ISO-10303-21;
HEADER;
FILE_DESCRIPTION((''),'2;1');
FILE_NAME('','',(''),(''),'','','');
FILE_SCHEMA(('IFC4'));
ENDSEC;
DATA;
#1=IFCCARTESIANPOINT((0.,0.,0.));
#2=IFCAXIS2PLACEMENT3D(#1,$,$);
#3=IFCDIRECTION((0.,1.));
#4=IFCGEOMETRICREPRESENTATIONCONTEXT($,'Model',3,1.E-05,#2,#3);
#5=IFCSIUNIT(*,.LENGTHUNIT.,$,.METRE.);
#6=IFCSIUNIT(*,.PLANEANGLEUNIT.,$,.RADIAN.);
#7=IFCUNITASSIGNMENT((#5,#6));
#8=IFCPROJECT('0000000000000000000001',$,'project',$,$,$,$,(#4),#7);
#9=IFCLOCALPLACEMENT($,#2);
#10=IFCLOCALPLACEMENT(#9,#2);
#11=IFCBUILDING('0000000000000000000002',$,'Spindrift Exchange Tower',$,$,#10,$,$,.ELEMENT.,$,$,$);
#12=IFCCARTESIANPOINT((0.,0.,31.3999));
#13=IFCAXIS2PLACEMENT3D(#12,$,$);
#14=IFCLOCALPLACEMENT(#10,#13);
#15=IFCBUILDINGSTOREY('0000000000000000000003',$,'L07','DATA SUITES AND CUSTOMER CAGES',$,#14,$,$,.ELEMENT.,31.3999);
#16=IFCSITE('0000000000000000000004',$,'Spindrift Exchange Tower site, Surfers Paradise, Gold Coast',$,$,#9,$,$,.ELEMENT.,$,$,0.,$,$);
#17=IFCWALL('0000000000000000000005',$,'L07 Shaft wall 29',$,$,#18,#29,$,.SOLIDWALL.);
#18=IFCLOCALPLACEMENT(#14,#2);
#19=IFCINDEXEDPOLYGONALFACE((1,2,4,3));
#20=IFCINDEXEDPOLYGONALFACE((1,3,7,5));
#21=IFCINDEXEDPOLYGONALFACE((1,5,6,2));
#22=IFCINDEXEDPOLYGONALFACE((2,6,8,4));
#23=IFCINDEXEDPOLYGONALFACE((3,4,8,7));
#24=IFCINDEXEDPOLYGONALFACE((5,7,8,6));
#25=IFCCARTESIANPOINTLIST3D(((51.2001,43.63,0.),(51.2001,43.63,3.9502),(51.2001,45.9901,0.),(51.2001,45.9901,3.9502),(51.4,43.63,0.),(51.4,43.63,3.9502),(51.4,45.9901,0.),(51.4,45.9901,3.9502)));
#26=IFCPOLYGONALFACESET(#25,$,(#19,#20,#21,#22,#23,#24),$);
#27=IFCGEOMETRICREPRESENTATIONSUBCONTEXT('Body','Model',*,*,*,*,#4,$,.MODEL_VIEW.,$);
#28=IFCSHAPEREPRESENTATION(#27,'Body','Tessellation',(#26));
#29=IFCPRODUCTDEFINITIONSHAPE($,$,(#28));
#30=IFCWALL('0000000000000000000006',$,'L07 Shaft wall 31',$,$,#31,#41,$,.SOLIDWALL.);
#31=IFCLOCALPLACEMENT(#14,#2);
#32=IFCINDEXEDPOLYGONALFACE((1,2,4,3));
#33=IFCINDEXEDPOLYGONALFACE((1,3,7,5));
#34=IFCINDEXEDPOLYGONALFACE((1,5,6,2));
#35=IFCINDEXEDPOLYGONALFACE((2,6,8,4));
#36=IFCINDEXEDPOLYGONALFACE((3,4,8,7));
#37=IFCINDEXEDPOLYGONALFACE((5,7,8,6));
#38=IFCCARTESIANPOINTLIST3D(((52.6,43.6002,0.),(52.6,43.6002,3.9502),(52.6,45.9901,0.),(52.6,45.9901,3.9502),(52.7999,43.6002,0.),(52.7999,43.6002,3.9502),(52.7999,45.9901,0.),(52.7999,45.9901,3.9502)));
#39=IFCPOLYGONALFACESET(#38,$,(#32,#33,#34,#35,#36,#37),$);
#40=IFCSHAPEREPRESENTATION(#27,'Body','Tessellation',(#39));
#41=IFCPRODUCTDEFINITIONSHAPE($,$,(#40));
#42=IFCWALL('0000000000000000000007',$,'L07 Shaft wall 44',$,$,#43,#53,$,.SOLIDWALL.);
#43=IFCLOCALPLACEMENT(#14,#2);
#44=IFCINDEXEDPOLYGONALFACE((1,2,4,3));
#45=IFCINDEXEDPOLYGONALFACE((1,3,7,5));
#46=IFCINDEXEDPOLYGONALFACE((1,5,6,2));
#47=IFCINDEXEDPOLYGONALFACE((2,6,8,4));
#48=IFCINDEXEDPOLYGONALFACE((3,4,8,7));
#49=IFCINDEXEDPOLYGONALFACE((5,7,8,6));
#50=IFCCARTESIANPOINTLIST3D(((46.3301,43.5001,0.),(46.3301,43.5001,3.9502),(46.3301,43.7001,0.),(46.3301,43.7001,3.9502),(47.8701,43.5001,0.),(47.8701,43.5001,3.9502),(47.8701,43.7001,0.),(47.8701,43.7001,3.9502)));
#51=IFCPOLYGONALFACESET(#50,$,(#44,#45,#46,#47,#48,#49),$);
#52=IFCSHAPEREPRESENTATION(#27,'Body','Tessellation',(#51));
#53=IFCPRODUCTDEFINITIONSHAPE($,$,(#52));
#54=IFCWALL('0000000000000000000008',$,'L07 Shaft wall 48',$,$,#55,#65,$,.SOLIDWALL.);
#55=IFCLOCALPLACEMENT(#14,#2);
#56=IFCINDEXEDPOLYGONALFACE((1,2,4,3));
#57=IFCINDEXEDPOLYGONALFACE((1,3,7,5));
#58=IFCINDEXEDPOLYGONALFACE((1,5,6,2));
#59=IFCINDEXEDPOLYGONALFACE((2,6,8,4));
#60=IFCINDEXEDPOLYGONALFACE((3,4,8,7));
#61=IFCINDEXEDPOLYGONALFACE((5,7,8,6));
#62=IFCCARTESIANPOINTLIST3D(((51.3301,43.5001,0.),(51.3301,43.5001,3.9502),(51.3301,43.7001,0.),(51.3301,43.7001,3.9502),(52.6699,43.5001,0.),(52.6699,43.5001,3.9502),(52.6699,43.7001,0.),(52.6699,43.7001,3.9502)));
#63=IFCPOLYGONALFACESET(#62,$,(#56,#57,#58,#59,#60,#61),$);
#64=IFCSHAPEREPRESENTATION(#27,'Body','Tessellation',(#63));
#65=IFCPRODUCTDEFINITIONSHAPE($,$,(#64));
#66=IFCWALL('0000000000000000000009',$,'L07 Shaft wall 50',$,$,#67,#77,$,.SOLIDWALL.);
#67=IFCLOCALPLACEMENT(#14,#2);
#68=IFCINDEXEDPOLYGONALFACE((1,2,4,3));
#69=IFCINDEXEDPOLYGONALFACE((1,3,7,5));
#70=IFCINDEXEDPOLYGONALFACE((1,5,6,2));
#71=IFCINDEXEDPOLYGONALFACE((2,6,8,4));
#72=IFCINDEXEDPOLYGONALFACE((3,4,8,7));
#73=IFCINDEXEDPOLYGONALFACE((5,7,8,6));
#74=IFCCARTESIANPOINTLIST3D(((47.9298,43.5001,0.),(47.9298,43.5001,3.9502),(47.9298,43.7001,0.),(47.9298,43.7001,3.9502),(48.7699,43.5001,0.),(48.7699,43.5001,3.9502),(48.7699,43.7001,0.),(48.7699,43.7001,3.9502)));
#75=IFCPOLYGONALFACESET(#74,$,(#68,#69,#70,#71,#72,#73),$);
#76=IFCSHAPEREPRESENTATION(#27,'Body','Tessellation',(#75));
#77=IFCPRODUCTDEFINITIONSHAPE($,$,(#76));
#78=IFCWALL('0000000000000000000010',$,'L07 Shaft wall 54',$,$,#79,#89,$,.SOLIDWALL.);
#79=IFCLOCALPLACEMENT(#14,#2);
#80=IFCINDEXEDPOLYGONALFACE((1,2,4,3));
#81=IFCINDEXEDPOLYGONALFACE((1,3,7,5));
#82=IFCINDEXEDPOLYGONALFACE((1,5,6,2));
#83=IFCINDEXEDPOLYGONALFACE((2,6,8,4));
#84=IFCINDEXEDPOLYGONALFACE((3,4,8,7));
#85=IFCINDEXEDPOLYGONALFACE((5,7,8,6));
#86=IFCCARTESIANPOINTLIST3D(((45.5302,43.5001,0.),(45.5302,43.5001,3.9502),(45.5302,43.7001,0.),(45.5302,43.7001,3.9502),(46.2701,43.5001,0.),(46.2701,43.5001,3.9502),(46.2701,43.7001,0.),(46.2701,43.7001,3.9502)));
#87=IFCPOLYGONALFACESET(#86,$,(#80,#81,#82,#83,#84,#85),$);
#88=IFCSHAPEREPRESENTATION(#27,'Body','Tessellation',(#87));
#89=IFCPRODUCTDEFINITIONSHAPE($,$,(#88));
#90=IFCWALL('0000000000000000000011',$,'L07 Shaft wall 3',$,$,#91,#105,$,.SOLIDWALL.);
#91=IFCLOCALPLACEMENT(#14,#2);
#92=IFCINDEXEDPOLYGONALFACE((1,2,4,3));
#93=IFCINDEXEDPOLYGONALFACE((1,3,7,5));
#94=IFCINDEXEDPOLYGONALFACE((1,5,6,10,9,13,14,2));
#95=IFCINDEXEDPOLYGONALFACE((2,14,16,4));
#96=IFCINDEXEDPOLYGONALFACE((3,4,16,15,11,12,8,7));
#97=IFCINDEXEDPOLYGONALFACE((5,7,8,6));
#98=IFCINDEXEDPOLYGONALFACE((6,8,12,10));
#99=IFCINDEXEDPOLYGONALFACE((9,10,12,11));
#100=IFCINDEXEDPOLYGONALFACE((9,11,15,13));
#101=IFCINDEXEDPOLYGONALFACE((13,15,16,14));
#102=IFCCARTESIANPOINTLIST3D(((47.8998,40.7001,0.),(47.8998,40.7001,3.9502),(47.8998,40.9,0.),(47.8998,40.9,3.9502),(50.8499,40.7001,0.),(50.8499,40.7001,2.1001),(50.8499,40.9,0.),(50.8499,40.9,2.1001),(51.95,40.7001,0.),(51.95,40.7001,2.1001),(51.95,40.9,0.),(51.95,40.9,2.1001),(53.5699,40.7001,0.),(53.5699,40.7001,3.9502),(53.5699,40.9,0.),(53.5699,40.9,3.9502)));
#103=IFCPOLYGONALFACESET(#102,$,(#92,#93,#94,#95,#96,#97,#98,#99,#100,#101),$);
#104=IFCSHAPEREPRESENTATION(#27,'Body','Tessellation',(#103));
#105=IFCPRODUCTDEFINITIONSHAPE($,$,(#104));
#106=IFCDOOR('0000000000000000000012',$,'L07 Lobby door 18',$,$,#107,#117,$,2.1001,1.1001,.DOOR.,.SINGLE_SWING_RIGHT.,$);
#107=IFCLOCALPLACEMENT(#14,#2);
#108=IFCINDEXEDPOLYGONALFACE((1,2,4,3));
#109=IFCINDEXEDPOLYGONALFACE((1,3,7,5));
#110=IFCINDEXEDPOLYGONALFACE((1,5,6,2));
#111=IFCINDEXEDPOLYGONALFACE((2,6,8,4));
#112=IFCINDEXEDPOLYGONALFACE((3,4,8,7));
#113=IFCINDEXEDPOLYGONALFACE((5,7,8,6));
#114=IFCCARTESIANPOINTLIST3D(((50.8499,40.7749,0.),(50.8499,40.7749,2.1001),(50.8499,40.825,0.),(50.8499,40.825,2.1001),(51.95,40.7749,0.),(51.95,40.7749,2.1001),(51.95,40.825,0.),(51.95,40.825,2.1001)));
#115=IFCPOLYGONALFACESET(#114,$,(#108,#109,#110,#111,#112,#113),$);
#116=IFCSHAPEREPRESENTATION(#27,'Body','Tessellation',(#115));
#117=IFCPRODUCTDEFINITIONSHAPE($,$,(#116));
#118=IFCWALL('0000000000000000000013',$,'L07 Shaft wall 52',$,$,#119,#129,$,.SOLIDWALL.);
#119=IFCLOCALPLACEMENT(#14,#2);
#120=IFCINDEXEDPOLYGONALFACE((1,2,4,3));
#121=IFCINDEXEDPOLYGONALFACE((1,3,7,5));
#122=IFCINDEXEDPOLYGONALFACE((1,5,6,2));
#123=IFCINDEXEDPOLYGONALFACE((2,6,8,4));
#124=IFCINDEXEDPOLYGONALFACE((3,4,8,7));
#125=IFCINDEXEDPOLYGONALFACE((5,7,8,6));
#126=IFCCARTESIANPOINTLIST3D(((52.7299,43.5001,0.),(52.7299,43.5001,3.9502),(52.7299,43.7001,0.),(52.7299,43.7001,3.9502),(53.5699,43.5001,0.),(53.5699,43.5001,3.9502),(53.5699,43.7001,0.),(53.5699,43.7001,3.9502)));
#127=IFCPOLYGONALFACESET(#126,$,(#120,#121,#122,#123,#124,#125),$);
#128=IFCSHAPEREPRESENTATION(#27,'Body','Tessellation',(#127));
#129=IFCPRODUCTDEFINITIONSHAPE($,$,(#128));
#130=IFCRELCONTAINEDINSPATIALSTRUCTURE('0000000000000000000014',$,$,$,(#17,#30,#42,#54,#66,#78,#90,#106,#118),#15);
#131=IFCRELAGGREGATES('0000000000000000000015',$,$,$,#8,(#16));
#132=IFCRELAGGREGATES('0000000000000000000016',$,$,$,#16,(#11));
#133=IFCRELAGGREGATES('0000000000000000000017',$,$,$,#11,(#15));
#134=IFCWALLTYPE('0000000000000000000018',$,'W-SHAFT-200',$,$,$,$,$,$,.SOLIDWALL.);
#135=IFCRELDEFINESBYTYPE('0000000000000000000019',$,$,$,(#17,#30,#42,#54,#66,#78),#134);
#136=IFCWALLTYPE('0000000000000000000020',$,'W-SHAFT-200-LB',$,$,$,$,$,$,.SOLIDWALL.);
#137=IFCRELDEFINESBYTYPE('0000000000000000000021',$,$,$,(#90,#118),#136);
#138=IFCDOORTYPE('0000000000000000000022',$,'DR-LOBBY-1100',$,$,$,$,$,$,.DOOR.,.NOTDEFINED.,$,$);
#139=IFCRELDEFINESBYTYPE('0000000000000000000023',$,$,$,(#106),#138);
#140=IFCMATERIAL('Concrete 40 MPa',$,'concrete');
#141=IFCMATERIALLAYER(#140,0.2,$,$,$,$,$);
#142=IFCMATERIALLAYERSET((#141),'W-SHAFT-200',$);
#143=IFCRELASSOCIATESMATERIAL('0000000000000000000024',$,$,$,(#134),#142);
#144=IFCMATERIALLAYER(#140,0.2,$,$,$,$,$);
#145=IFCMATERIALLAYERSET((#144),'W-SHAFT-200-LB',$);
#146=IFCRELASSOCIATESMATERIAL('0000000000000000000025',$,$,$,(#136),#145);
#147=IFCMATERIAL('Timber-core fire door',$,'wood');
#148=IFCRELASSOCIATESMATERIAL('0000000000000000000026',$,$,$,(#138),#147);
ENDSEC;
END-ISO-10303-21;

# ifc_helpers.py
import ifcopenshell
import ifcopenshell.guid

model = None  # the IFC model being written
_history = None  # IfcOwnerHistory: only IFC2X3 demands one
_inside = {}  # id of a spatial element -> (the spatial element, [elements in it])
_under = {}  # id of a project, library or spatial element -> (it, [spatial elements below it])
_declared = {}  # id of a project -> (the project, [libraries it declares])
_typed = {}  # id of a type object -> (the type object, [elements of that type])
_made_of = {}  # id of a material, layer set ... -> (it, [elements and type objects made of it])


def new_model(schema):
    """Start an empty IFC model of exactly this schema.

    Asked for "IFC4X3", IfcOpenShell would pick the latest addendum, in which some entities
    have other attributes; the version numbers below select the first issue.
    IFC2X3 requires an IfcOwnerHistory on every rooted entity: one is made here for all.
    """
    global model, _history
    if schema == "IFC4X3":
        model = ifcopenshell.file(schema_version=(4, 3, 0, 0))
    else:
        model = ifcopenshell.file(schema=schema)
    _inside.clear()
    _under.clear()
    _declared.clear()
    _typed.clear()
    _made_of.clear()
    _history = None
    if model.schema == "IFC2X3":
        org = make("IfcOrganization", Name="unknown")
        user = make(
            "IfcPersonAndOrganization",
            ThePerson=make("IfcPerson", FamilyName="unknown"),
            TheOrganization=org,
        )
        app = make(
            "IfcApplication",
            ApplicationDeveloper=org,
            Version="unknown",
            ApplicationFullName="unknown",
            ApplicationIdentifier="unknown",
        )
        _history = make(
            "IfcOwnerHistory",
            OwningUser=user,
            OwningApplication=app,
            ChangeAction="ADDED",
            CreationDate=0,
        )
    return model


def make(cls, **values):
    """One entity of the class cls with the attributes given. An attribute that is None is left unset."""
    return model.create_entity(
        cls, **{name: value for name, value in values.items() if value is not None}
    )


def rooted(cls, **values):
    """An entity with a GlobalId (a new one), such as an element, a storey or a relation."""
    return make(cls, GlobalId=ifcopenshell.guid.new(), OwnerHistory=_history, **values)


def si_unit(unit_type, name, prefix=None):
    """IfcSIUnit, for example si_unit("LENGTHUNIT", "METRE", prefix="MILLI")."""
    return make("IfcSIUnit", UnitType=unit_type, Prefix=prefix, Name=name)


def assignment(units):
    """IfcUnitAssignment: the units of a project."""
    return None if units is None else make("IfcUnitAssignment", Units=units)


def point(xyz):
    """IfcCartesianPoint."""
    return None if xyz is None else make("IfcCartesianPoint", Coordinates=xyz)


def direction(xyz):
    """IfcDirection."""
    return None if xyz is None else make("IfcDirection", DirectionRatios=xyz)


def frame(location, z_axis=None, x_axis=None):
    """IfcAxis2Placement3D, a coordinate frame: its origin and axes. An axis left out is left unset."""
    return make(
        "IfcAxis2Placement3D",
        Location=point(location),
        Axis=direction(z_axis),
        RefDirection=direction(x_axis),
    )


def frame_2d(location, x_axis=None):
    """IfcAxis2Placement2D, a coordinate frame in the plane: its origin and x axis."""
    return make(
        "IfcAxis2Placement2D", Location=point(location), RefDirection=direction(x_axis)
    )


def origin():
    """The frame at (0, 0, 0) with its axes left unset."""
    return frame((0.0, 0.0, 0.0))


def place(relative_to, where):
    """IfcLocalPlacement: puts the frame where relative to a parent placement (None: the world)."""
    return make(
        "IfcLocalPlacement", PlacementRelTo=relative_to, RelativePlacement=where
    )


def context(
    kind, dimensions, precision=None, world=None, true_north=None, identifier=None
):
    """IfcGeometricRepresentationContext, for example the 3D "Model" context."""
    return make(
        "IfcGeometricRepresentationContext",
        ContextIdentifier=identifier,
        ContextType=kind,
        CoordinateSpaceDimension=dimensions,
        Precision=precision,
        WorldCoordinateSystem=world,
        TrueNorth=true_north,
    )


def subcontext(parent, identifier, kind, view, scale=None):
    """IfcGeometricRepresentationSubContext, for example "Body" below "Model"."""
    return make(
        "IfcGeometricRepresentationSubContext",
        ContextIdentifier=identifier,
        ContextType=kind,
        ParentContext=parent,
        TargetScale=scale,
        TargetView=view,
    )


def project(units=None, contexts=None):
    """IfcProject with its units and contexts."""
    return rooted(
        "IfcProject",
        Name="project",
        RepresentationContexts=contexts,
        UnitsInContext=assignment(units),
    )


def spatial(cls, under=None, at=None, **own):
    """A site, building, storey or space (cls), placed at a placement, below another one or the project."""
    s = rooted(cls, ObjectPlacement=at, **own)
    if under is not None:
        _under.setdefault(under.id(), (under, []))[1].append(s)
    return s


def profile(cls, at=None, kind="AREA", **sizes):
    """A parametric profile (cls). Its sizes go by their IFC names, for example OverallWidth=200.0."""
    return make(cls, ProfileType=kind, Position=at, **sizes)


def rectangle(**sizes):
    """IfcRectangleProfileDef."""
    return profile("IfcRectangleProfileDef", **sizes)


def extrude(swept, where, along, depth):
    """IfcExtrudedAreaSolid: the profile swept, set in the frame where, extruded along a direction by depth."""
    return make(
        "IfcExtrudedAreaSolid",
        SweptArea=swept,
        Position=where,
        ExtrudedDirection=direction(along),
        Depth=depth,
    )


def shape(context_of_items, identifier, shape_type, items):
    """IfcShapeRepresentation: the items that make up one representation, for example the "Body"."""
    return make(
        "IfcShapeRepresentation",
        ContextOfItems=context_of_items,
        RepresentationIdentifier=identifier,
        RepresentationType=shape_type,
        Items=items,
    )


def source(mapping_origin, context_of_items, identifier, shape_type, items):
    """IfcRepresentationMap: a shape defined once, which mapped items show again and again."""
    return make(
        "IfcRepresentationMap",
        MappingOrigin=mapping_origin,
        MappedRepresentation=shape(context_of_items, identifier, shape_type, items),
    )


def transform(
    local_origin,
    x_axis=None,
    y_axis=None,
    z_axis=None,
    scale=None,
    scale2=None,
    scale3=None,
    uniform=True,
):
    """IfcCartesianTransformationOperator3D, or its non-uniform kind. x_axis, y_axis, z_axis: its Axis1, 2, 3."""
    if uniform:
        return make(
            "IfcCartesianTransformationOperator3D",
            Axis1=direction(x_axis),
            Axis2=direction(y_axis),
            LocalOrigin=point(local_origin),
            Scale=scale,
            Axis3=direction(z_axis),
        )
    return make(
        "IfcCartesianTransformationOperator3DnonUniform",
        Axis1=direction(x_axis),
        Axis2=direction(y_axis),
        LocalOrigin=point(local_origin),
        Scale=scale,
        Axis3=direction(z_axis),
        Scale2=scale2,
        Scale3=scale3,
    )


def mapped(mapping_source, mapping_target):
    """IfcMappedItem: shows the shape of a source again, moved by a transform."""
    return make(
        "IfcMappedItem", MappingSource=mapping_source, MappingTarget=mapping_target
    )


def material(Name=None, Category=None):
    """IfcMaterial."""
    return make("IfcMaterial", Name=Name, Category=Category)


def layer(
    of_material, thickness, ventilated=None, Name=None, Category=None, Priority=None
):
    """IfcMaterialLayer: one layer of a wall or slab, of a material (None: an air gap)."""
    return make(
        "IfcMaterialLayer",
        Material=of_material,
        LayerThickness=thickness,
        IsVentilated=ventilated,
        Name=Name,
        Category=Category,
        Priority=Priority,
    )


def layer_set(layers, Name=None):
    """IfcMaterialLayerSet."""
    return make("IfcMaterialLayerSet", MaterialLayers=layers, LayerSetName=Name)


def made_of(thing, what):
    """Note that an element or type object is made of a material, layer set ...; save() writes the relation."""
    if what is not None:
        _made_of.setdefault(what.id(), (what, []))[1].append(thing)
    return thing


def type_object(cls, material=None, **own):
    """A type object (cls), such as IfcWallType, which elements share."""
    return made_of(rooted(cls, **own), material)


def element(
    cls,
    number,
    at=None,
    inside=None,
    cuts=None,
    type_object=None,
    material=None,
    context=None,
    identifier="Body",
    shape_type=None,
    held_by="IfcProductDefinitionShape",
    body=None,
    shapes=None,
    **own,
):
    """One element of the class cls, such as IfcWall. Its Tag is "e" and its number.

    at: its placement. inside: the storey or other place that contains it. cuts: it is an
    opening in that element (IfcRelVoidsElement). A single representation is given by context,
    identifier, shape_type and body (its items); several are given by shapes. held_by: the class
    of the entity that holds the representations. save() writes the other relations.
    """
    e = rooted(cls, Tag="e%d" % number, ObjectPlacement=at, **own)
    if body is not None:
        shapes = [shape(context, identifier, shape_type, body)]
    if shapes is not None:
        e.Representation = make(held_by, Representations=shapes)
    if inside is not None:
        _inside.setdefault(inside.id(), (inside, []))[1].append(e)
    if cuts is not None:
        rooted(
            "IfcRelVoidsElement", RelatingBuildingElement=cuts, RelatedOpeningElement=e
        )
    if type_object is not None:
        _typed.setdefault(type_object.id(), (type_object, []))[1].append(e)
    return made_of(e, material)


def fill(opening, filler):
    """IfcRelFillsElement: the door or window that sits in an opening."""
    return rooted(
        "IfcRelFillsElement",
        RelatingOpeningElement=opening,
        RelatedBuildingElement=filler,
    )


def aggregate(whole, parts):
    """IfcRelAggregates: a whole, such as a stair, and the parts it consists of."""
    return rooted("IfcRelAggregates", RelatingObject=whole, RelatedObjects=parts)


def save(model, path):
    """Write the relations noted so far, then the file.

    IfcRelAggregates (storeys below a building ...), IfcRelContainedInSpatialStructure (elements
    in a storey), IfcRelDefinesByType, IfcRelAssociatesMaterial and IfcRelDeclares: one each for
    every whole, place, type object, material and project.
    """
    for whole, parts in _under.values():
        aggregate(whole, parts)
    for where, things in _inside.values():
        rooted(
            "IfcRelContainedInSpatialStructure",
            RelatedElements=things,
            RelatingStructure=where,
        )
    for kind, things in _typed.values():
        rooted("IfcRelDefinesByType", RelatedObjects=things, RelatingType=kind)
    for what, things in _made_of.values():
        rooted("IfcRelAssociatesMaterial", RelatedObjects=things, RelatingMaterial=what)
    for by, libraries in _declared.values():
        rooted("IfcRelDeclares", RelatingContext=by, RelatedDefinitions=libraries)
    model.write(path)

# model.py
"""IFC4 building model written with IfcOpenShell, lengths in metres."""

from ifc_helpers import new_model, si_unit, direction, frame, frame_2d, origin, place, context, subcontext, project, spatial, rectangle, extrude, source, transform, mapped, material, layer, layer_set, type_object, element, fill, save


model = new_model("IFC4")

# Units and contexts
model_context = context("Model", 3, precision=1e-05, world=origin(), true_north=direction((0.0, 1.0)))
body_context = subcontext(model_context, "Body", "Model", "MODEL_VIEW")
ifc_project = project(units=[si_unit("LENGTHUNIT", "METRE"), si_unit("PLANEANGLEUNIT", "RADIAN")], contexts=[model_context])

# Site, building, storey
site_placement = place(None, origin())
site = spatial("IfcSite", under=ifc_project, at=site_placement, Name="Spindrift Exchange Tower site, Surfers Paradise, Gold Coast", CompositionType="ELEMENT", RefElevation=0.0)
building_placement = place(site_placement, origin())
building = spatial("IfcBuilding", under=site, at=building_placement, Name="Spindrift Exchange Tower", CompositionType="ELEMENT")
storey_placement = place(building_placement, frame((0.0, 0.0, 31.3999)))
storey = spatial("IfcBuildingStorey", under=building, at=storey_placement, Name="L07", Description="DATA SUITES AND CUSTOMER CAGES", CompositionType="ELEMENT", Elevation=31.3999)

# Shared definitions
ifc_material_1 = material(Name="Concrete 40 MPa", Category="concrete")
ifc_layer_1 = layer(ifc_material_1, 0.2)
ifc_layer_set_1 = layer_set([ifc_layer_1], Name="W-SHAFT-200")
wall_type_1 = type_object("IfcWallType", Name="W-SHAFT-200", PredefinedType="SOLIDWALL", material=ifc_layer_set_1)

# Walls
for number, where, z_axis, x_axis, name in (
    (1, (51.3, 43.6299, 0.0), (0.0, 0.0, 1.0), (0.0, 1.0, 0.0), "L07 Shaft wall 29"),
):
    element("IfcWall", number, at=place(storey_placement, frame(where, z_axis=z_axis, x_axis=x_axis)), inside=storey, type_object=wall_type_1, Name=name, PredefinedType="SOLIDWALL", context=body_context, shape_type="SweptSolid", body=[
        extrude(rectangle(XDim=2.3601, YDim=0.2, at=frame_2d((1.1802, 0.0))), origin(), (0.0, 0.0, 1.0), 3.9502),
    ])
wall_1_placement = place(storey_placement, frame((52.7, 45.99, 0.0), z_axis=(0.0, 0.0, 1.0), x_axis=(0.0, -1.0, 0.0)))
element("IfcWall", 2, at=wall_1_placement, inside=storey, type_object=wall_type_1, Name="L07 Shaft wall 31", PredefinedType="SOLIDWALL", context=body_context, shape_type="SweptSolid", body=[
    extrude(rectangle(XDim=2.3899, YDim=0.2, at=frame_2d((1.1948, 0.0))), origin(), (0.0, 0.0, 1.0), 3.9502),
])
wall_2_placement = place(storey_placement, frame((46.3301, 43.6001, 0.0), z_axis=(0.0, 0.0, 1.0), x_axis=(1.0, 0.0, 0.0)))
element("IfcWall", 3, at=wall_2_placement, inside=storey, type_object=wall_type_1, Name="L07 Shaft wall 44", PredefinedType="SOLIDWALL", context=body_context, shape_type="SweptSolid", body=[
    extrude(rectangle(XDim=1.54, YDim=0.2, at=frame_2d((0.77, 0.0))), origin(), (0.0, 0.0, 1.0), 3.9502),
])
wall_3_placement = place(storey_placement, frame((52.6699, 43.6001, 0.0), z_axis=(0.0, 0.0, 1.0), x_axis=(-1.0, 0.0, 0.0)))
element("IfcWall", 4, at=wall_3_placement, inside=storey, type_object=wall_type_1, Name="L07 Shaft wall 48", PredefinedType="SOLIDWALL", context=body_context, shape_type="SweptSolid", body=[
    extrude(rectangle(XDim=1.3398, YDim=0.2, at=frame_2d((0.6699, 0.0))), origin(), (0.0, 0.0, 1.0), 3.9502),
])
wall_4_placement = place(storey_placement, frame((47.9299, 43.6001, 0.0), z_axis=(0.0, 0.0, 1.0), x_axis=(1.0, 0.0, 0.0)))
element("IfcWall", 5, at=wall_4_placement, inside=storey, type_object=wall_type_1, Name="L07 Shaft wall 50", PredefinedType="SOLIDWALL", context=body_context, shape_type="SweptSolid", body=[
    extrude(rectangle(XDim=0.8401, YDim=0.2, at=frame_2d((0.4199, 0.0))), origin(), (0.0, 0.0, 1.0), 3.9502),
])
wall_5_placement = place(storey_placement, frame((45.53, 43.6001, 0.0), z_axis=(0.0, 0.0, 1.0), x_axis=(1.0, 0.0, 0.0)))
element("IfcWall", 6, at=wall_5_placement, inside=storey, type_object=wall_type_1, Name="L07 Shaft wall 54", PredefinedType="SOLIDWALL", context=body_context, shape_type="SweptSolid", body=[
    extrude(rectangle(XDim=0.74, YDim=0.2, at=frame_2d((0.3701, 0.0))), origin(), (0.0, 0.0, 1.0), 3.9502),
])

# Wall, opening, door
ifc_layer_2 = layer(ifc_material_1, 0.2)
ifc_layer_set_2 = layer_set([ifc_layer_2], Name="W-SHAFT-200-LB")
wall_type_2 = type_object("IfcWallType", Name="W-SHAFT-200-LB", PredefinedType="SOLIDWALL", material=ifc_layer_set_2)
wall_6_placement = place(storey_placement, frame((47.8999, 40.8, 0.0), z_axis=(0.0, 0.0, 1.0), x_axis=(1.0, 0.0, 0.0)))
wall_6 = element("IfcWall", 7, at=wall_6_placement, inside=storey, type_object=wall_type_2, Name="L07 Shaft wall 3", PredefinedType="SOLIDWALL", context=body_context, shape_type="SweptSolid", body=[
    extrude(rectangle(XDim=5.6702, YDim=0.2, at=frame_2d((2.835, 0.0))), origin(), (0.0, 0.0, 1.0), 3.9502),
])
opening_1_placement = place(wall_6_placement, frame((2.95, 0.0, 0.0)))
opening_1 = element("IfcOpeningElement", 8, at=opening_1_placement, cuts=wall_6, PredefinedType="OPENING", context=body_context, shape_type="SweptSolid", body=[
    extrude(rectangle(XDim=1.1001, YDim=2.1001, at=frame_2d((0.55, 1.05))), frame((0.0, 0.1099, 0.0), z_axis=(0.0, -1.0, 0.0), x_axis=(1.0, 0.0, 0.0)), (0.0, 0.0, 1.0), 0.22),
])
ifc_material_2 = material(Name="Timber-core fire door", Category="wood")
door_type_1 = type_object("IfcDoorType", Name="DR-LOBBY-1100", OperationType="NOTDEFINED", PredefinedType="DOOR", material=ifc_material_2)
shared_shape_1 = source(origin(), body_context, "Body", "SweptSolid", [
    extrude(rectangle(XDim=1.1001, YDim=2.1001, at=frame_2d((0.55, 1.05))), frame((0.0, 0.0249, 0.0), z_axis=(0.0, -1.0, 0.0), x_axis=(1.0, 0.0, 0.0)), (0.0, 0.0, 1.0), 0.05),
])
door_1_placement = place(opening_1_placement, origin())
door_1 = element("IfcDoor", 9, at=door_1_placement, inside=storey, type_object=door_type_1, Name="L07 Lobby door 18", OperationType="SINGLE_SWING_RIGHT", OverallHeight=2.1001, OverallWidth=1.1001, PredefinedType="DOOR", context=body_context, shape_type="MappedRepresentation", body=[
    mapped(shared_shape_1, transform((0.0, 0.0, 0.0), scale=1.0)),
])
fill(opening_1, door_1)

# Wall
wall_7_placement = place(storey_placement, frame((52.73, 43.6001, 0.0), z_axis=(0.0, 0.0, 1.0), x_axis=(1.0, 0.0, 0.0)))
element("IfcWall", 10, at=wall_7_placement, inside=storey, type_object=wall_type_2, Name="L07 Shaft wall 52", PredefinedType="SOLIDWALL", context=body_context, shape_type="SweptSolid", body=[
    extrude(rectangle(XDim=0.8401, YDim=0.2, at=frame_2d((0.4199, 0.0))), origin(), (0.0, 0.0, 1.0), 3.9502),
])

save(model, "model.ifc")
